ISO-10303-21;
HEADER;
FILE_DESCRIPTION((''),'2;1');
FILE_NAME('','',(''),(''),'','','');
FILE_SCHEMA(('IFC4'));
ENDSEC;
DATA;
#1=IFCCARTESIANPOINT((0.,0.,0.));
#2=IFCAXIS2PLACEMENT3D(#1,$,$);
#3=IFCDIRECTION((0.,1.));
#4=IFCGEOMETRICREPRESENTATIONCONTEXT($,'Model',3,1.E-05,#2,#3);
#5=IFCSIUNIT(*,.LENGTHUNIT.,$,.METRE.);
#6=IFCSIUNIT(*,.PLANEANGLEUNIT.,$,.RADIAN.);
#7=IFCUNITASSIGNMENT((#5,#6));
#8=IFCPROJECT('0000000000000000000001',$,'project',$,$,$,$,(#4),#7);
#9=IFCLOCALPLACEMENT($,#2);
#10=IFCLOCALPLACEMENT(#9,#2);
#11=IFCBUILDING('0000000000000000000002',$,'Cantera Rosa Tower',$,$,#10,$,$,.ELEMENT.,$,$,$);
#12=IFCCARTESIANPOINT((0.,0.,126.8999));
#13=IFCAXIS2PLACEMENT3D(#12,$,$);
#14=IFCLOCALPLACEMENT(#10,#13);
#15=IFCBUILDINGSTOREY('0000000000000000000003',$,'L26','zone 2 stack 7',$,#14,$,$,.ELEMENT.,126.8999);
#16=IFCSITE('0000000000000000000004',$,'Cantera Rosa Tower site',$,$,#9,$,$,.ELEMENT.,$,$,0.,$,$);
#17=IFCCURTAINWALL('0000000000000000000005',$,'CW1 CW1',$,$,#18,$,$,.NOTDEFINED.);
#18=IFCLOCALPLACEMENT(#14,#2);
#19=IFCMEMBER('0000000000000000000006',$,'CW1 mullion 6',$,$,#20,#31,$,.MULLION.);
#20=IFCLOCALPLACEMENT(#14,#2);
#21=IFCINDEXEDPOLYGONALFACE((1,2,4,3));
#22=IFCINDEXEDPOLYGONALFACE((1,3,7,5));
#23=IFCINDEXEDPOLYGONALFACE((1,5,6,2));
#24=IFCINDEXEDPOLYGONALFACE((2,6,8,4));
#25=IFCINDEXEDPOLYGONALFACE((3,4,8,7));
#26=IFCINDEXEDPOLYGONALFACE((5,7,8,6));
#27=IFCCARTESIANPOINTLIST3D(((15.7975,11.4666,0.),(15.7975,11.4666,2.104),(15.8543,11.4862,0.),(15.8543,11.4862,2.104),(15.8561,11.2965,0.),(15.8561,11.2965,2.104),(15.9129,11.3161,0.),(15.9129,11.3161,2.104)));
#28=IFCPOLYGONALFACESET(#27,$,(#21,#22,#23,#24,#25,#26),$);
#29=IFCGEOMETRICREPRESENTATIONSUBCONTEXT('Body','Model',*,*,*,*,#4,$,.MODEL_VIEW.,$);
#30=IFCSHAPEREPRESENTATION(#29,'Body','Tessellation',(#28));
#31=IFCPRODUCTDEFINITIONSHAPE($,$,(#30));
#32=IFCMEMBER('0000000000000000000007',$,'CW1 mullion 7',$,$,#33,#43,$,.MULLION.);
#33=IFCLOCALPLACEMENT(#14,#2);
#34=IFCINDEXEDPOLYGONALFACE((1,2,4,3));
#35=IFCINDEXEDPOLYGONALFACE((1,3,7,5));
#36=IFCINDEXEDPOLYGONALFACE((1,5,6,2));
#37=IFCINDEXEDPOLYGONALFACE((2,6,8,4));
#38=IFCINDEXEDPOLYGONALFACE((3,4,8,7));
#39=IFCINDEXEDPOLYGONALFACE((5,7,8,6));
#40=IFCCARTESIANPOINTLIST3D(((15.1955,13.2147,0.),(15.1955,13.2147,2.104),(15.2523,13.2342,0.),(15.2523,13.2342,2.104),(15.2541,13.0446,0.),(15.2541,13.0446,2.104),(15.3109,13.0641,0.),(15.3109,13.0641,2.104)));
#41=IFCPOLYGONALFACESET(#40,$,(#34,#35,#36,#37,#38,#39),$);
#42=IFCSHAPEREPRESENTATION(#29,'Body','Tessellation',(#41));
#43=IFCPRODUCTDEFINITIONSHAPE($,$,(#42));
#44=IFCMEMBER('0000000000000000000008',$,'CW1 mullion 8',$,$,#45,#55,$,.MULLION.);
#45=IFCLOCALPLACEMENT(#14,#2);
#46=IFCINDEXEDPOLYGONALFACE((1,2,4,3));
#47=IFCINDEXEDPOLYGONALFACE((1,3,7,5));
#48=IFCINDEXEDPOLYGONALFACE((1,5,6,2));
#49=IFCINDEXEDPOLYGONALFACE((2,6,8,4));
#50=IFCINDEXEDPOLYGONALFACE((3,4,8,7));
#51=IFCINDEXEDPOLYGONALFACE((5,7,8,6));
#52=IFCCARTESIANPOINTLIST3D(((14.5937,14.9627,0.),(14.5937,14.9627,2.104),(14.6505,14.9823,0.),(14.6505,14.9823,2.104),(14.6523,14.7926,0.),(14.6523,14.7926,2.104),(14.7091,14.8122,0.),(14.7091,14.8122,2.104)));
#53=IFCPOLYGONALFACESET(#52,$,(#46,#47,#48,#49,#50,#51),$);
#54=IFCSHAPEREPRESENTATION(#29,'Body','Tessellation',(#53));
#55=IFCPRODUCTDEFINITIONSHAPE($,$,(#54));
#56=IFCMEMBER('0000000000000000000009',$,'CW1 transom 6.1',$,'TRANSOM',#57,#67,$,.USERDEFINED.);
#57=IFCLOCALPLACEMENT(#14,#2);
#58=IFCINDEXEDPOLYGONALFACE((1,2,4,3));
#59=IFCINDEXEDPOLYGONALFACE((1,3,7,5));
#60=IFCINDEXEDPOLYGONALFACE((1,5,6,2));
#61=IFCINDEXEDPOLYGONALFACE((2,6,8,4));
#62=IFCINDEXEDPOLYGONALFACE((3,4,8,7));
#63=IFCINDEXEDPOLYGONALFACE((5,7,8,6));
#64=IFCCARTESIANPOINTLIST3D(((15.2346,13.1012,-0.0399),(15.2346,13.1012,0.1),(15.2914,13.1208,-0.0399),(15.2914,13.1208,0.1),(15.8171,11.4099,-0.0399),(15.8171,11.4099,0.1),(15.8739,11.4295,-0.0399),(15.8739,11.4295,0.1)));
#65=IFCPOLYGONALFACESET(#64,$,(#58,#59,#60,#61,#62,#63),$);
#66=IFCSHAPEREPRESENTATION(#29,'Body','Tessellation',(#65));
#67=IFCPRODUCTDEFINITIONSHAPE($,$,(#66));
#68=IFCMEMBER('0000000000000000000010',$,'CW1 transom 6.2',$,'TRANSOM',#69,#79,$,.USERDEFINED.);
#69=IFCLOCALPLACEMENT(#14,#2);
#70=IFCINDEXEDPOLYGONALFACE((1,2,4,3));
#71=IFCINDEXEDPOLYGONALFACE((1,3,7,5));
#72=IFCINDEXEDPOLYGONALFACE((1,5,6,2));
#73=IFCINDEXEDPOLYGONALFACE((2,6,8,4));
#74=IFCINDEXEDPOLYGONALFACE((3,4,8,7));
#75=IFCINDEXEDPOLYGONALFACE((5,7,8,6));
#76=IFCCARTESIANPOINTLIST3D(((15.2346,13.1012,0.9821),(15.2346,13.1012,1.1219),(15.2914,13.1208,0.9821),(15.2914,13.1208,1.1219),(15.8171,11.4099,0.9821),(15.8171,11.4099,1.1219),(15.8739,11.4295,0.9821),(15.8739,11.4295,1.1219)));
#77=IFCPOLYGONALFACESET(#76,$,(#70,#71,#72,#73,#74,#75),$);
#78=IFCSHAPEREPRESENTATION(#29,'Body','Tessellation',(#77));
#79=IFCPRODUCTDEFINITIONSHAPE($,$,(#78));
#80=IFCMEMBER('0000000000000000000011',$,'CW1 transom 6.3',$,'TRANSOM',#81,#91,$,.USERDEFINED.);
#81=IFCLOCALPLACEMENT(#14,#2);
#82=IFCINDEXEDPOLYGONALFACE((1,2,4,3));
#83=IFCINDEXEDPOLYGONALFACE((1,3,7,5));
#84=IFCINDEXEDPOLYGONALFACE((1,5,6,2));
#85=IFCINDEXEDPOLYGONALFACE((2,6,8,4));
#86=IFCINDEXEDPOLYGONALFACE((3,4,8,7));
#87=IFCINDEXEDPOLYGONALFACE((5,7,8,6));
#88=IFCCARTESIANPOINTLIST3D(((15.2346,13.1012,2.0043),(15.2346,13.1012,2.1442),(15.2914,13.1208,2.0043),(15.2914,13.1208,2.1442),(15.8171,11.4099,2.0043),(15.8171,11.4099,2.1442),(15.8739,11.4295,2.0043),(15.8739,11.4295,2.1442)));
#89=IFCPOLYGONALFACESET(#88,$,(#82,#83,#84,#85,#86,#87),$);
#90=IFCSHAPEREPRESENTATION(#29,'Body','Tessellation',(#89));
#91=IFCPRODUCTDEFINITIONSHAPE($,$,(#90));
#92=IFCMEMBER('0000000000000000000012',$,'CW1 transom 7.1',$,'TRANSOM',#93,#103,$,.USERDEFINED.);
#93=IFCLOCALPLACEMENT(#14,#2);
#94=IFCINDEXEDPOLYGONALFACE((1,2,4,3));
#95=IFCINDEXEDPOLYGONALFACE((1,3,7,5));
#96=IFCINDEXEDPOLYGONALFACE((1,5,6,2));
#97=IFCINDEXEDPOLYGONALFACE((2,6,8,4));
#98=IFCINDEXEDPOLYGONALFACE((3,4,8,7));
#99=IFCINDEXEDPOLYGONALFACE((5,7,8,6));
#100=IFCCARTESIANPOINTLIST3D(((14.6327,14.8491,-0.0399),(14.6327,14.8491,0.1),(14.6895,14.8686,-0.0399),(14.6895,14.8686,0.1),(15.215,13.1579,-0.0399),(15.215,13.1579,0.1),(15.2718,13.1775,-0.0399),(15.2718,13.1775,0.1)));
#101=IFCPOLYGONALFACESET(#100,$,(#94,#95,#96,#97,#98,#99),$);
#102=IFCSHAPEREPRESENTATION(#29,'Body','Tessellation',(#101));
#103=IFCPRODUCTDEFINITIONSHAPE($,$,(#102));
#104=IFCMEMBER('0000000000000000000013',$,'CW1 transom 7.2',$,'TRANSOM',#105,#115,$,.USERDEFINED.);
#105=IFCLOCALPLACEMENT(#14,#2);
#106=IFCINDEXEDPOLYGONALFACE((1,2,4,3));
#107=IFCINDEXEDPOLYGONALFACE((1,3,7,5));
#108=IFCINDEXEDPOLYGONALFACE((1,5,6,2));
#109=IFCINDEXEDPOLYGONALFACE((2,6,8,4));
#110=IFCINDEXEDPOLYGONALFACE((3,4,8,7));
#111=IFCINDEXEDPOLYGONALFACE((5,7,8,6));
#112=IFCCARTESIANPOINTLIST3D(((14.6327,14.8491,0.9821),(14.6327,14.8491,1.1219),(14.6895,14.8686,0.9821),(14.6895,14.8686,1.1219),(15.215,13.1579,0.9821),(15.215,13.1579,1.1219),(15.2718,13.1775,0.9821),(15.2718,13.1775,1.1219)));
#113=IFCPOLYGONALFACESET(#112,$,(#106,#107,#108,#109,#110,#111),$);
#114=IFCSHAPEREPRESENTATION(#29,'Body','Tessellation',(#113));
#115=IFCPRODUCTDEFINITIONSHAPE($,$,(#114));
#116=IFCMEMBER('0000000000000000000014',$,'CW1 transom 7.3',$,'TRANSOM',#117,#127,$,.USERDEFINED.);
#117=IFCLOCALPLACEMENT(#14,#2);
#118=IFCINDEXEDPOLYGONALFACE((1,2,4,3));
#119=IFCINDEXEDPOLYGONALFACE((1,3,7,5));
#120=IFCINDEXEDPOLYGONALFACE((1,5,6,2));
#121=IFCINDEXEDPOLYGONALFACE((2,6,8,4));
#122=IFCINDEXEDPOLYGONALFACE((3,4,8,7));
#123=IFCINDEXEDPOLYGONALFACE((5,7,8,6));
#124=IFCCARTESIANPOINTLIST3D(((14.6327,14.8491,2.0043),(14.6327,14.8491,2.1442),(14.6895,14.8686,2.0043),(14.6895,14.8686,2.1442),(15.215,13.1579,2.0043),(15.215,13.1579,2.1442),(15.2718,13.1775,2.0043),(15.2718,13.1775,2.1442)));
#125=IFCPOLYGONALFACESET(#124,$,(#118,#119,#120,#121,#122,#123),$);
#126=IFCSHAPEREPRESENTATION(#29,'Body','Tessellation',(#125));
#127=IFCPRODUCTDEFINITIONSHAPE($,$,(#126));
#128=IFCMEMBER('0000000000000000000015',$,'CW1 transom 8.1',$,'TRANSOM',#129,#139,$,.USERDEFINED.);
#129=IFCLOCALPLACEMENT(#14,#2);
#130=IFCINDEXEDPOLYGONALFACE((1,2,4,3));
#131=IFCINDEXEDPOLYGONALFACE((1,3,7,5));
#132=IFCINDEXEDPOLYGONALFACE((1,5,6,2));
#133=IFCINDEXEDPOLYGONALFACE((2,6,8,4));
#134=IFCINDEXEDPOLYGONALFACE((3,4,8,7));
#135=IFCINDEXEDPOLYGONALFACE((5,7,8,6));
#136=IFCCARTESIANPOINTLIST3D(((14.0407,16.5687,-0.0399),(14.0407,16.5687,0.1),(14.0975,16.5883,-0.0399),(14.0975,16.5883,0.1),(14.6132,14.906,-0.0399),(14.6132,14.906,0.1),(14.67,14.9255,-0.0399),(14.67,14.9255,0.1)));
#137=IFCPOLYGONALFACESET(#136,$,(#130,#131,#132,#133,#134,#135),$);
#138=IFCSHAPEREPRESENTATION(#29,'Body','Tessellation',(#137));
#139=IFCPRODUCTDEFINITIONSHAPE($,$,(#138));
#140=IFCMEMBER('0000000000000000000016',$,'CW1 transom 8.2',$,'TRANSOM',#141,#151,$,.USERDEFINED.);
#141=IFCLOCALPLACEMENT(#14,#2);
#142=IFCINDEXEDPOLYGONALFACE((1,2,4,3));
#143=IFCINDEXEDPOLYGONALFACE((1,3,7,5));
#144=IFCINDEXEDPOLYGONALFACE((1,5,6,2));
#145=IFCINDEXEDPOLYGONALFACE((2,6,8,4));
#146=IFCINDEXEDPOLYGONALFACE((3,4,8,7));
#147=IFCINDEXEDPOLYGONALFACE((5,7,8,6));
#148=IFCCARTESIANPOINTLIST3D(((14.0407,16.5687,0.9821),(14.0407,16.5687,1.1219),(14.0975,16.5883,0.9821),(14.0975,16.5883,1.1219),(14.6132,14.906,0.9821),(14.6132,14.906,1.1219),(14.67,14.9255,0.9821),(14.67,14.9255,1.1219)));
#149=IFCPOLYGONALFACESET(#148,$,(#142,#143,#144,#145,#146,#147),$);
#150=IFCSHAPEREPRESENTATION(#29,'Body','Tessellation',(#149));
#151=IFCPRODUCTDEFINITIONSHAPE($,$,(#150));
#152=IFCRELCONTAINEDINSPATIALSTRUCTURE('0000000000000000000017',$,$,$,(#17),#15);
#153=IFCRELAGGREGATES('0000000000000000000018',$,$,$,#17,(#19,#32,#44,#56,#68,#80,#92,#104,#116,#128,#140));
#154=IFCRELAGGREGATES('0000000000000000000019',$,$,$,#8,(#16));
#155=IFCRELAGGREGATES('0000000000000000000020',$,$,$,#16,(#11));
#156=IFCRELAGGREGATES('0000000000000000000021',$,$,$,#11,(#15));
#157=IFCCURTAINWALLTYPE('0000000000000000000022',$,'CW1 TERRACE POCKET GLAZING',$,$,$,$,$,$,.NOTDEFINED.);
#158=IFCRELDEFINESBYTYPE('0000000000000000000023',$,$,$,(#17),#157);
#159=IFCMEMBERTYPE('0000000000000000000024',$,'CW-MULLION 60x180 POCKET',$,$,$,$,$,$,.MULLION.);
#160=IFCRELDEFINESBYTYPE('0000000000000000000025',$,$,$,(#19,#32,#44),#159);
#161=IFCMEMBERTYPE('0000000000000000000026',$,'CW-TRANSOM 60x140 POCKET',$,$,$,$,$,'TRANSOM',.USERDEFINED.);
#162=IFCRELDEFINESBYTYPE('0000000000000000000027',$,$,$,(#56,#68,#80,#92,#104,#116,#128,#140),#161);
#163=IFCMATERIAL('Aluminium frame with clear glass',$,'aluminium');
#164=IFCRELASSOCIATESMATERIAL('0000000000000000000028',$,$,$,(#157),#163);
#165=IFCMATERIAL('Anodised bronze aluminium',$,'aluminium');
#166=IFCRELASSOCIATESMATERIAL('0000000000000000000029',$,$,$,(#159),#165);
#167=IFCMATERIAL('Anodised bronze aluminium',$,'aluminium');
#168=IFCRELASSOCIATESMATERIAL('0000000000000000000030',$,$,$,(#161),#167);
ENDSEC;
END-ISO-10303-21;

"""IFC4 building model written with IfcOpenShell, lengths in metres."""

from ifc_helpers import new_model, si_unit, direction, frame, origin, origin_2d, place, context, subcontext, project, spatial, rectangle, extrude, material, material_profile, profile_set, type_object, element, aggregate, save


model = new_model("IFC4")

# Units and contexts
model_context = context("Model", 3, precision=1e-05, world=origin(), true_north=direction((0.0, 1.0)))
body_context = subcontext(model_context, "Body", "Model", "MODEL_VIEW")
ifc_project = project(units=[si_unit("LENGTHUNIT", "METRE"), si_unit("PLANEANGLEUNIT", "RADIAN")], contexts=[model_context])

# Site, building, storey
site_placement = place(None, origin())
site = spatial("IfcSite", under=ifc_project, at=site_placement, Name="Cantera Rosa Tower site", CompositionType="ELEMENT", RefElevation=0.0)
building_placement = place(site_placement, origin())
building = spatial("IfcBuilding", under=site, at=building_placement, Name="Cantera Rosa Tower", CompositionType="ELEMENT")
storey_placement = place(building_placement, frame((0.0, 0.0, 126.8999)))
storey = spatial("IfcBuildingStorey", under=building, at=storey_placement, Name="L26", Description="zone 2 stack 7", CompositionType="ELEMENT", Elevation=126.8999)

# Curtain wall, members
ifc_material_1 = material(Name="Aluminium frame with clear glass", Category="aluminium")
curtain_wall_type = type_object("IfcCurtainWallType", Name="CW1 TERRACE POCKET GLAZING", PredefinedType="NOTDEFINED", material=ifc_material_1)
curtain_wall_placement = place(storey_placement, origin())
curtain_wall = element("IfcCurtainWall", 1, at=curtain_wall_placement, inside=storey, type_object=curtain_wall_type, Name="CW1 CW1", PredefinedType="NOTDEFINED")
ifc_material_2 = material(Name="Anodised bronze aluminium", Category="aluminium")
ifc_material_profile_1 = material_profile(ifc_material_2, rectangle(XDim=0.0601, YDim=0.1799, at=origin_2d()), Name="CW-MULLION 60x180 POCKET")
ifc_profile_set_1 = profile_set([ifc_material_profile_1], Name="Anodised bronze aluminium")
member_type_1 = type_object("IfcMemberType", Name="CW-MULLION 60x180 POCKET", PredefinedType="MULLION", material=ifc_profile_set_1)
member_1_placement = place(storey_placement, frame((15.8552, 11.3914, 0.0), z_axis=(0.0, 0.0, 1.0), x_axis=(-0.945519, -0.325568, 0.0)))
member_1 = element("IfcMember", 2, at=member_1_placement, type_object=member_type_1, Name="CW1 mullion 6", PredefinedType="MULLION", context=body_context, shape_type="SweptSolid", body=[
    extrude(rectangle(XDim=0.0601, YDim=0.1799, at=origin_2d()), origin(), (0.0, 0.0, 1.0), 2.104),
])
member_2_placement = place(storey_placement, frame((15.2532, 13.1394, 0.0), z_axis=(0.0, 0.0, 1.0), x_axis=(-0.945519, -0.325568, 0.0)))
member_2 = element("IfcMember", 3, at=member_2_placement, type_object=member_type_1, Name="CW1 mullion 7", PredefinedType="MULLION", context=body_context, shape_type="SweptSolid", body=[
    extrude(rectangle(XDim=0.0601, YDim=0.1799, at=origin_2d()), origin(), (0.0, 0.0, 1.0), 2.104),
])
member_3_placement = place(storey_placement, frame((14.6514, 14.8875, 0.0), z_axis=(0.0, 0.0, 1.0), x_axis=(-0.945519, -0.325568, 0.0)))
member_3 = element("IfcMember", 4, at=member_3_placement, type_object=member_type_1, Name="CW1 mullion 8", PredefinedType="MULLION", context=body_context, shape_type="SweptSolid", body=[
    extrude(rectangle(XDim=0.0601, YDim=0.1799, at=origin_2d()), origin(), (0.0, 0.0, 1.0), 2.104),
])
ifc_material_3 = material(Name="Anodised bronze aluminium", Category="aluminium")
ifc_material_profile_2 = material_profile(ifc_material_3, rectangle(XDim=0.0601, YDim=0.1399, at=origin_2d()), Name="CW-TRANSOM 60x140 POCKET")
ifc_profile_set_2 = profile_set([ifc_material_profile_2], Name="Anodised bronze aluminium")
member_type_2 = type_object("IfcMemberType", Name="CW-TRANSOM 60x140 POCKET", ElementType="TRANSOM", PredefinedType="USERDEFINED", material=ifc_profile_set_2)
member_4_placement = place(storey_placement, frame((15.8455, 11.4197, 0.03), z_axis=(-0.325629, 0.945498, 0.0), x_axis=(-0.945498, -0.325629, 0.0)))
member_4 = element("IfcMember", 5, at=member_4_placement, type_object=member_type_2, Name="CW1 transom 6.1", ObjectType="TRANSOM", PredefinedType="USERDEFINED", context=body_context, shape_type="SweptSolid", body=[
    extrude(rectangle(XDim=0.0601, YDim=0.1399, at=origin_2d()), origin(), (0.0, 0.0, 1.0), 1.7888),
])
member_5_placement = place(storey_placement, frame((15.8455, 11.4197, 1.052), z_axis=(-0.325629, 0.945498, 0.0), x_axis=(-0.945498, -0.325629, 0.0)))
member_5 = element("IfcMember", 6, at=member_5_placement, type_object=member_type_2, Name="CW1 transom 6.2", ObjectType="TRANSOM", PredefinedType="USERDEFINED", context=body_context, shape_type="SweptSolid", body=[
    extrude(rectangle(XDim=0.0601, YDim=0.1399, at=origin_2d()), origin(), (0.0, 0.0, 1.0), 1.7888),
])
member_6_placement = place(storey_placement, frame((15.8455, 11.4197, 2.0742), z_axis=(-0.325629, 0.945498, 0.0), x_axis=(-0.945498, -0.325629, 0.0)))
member_6 = element("IfcMember", 7, at=member_6_placement, type_object=member_type_2, Name="CW1 transom 6.3", ObjectType="TRANSOM", PredefinedType="USERDEFINED", context=body_context, shape_type="SweptSolid", body=[
    extrude(rectangle(XDim=0.0601, YDim=0.1399, at=origin_2d()), origin(), (0.0, 0.0, 1.0), 1.7888),
])
member_7_placement = place(storey_placement, frame((15.2434, 13.1677, 0.03), z_axis=(-0.325549, 0.945525, 0.0), x_axis=(-0.945525, -0.325549, 0.0)))
member_7 = element("IfcMember", 8, at=member_7_placement, type_object=member_type_2, Name="CW1 transom 7.1", ObjectType="TRANSOM", PredefinedType="USERDEFINED", context=body_context, shape_type="SweptSolid", body=[
    extrude(rectangle(XDim=0.0601, YDim=0.1399, at=origin_2d()), origin(), (0.0, 0.0, 1.0), 1.7886),
])
member_8_placement = place(storey_placement, frame((15.2434, 13.1677, 1.052), z_axis=(-0.325549, 0.945525, 0.0), x_axis=(-0.945525, -0.325549, 0.0)))
member_8 = element("IfcMember", 9, at=member_8_placement, type_object=member_type_2, Name="CW1 transom 7.2", ObjectType="TRANSOM", PredefinedType="USERDEFINED", context=body_context, shape_type="SweptSolid", body=[
    extrude(rectangle(XDim=0.0601, YDim=0.1399, at=origin_2d()), origin(), (0.0, 0.0, 1.0), 1.7886),
])
member_9_placement = place(storey_placement, frame((15.2434, 13.1677, 2.0742), z_axis=(-0.325549, 0.945525, 0.0), x_axis=(-0.945525, -0.325549, 0.0)))
member_9 = element("IfcMember", 10, at=member_9_placement, type_object=member_type_2, Name="CW1 transom 7.3", ObjectType="TRANSOM", PredefinedType="USERDEFINED", context=body_context, shape_type="SweptSolid", body=[
    extrude(rectangle(XDim=0.0601, YDim=0.1399, at=origin_2d()), origin(), (0.0, 0.0, 1.0), 1.7886),
])
member_10_placement = place(storey_placement, frame((14.6416, 14.9158, 0.03), z_axis=(-0.325541, 0.945528, 0.0), x_axis=(-0.945528, -0.325541, 0.0)))
member_10 = element("IfcMember", 11, at=member_10_placement, type_object=member_type_2, Name="CW1 transom 8.1", ObjectType="TRANSOM", PredefinedType="USERDEFINED", context=body_context, shape_type="SweptSolid", body=[
    extrude(rectangle(XDim=0.0601, YDim=0.1399, at=origin_2d()), origin(), (0.0, 0.0, 1.0), 1.7585),
])
member_11_placement = place(storey_placement, frame((14.6416, 14.9158, 1.052), z_axis=(-0.325541, 0.945528, 0.0), x_axis=(-0.945528, -0.325541, 0.0)))
member_11 = element("IfcMember", 12, at=member_11_placement, type_object=member_type_2, Name="CW1 transom 8.2", ObjectType="TRANSOM", PredefinedType="USERDEFINED", context=body_context, shape_type="SweptSolid", body=[
    extrude(rectangle(XDim=0.0601, YDim=0.1399, at=origin_2d()), origin(), (0.0, 0.0, 1.0), 1.7585),
])

aggregate(curtain_wall, [member_1, member_2, member_3, member_4, member_5, member_6, member_7, member_8, member_9, member_10, member_11])

save(model, "model.ifc")
